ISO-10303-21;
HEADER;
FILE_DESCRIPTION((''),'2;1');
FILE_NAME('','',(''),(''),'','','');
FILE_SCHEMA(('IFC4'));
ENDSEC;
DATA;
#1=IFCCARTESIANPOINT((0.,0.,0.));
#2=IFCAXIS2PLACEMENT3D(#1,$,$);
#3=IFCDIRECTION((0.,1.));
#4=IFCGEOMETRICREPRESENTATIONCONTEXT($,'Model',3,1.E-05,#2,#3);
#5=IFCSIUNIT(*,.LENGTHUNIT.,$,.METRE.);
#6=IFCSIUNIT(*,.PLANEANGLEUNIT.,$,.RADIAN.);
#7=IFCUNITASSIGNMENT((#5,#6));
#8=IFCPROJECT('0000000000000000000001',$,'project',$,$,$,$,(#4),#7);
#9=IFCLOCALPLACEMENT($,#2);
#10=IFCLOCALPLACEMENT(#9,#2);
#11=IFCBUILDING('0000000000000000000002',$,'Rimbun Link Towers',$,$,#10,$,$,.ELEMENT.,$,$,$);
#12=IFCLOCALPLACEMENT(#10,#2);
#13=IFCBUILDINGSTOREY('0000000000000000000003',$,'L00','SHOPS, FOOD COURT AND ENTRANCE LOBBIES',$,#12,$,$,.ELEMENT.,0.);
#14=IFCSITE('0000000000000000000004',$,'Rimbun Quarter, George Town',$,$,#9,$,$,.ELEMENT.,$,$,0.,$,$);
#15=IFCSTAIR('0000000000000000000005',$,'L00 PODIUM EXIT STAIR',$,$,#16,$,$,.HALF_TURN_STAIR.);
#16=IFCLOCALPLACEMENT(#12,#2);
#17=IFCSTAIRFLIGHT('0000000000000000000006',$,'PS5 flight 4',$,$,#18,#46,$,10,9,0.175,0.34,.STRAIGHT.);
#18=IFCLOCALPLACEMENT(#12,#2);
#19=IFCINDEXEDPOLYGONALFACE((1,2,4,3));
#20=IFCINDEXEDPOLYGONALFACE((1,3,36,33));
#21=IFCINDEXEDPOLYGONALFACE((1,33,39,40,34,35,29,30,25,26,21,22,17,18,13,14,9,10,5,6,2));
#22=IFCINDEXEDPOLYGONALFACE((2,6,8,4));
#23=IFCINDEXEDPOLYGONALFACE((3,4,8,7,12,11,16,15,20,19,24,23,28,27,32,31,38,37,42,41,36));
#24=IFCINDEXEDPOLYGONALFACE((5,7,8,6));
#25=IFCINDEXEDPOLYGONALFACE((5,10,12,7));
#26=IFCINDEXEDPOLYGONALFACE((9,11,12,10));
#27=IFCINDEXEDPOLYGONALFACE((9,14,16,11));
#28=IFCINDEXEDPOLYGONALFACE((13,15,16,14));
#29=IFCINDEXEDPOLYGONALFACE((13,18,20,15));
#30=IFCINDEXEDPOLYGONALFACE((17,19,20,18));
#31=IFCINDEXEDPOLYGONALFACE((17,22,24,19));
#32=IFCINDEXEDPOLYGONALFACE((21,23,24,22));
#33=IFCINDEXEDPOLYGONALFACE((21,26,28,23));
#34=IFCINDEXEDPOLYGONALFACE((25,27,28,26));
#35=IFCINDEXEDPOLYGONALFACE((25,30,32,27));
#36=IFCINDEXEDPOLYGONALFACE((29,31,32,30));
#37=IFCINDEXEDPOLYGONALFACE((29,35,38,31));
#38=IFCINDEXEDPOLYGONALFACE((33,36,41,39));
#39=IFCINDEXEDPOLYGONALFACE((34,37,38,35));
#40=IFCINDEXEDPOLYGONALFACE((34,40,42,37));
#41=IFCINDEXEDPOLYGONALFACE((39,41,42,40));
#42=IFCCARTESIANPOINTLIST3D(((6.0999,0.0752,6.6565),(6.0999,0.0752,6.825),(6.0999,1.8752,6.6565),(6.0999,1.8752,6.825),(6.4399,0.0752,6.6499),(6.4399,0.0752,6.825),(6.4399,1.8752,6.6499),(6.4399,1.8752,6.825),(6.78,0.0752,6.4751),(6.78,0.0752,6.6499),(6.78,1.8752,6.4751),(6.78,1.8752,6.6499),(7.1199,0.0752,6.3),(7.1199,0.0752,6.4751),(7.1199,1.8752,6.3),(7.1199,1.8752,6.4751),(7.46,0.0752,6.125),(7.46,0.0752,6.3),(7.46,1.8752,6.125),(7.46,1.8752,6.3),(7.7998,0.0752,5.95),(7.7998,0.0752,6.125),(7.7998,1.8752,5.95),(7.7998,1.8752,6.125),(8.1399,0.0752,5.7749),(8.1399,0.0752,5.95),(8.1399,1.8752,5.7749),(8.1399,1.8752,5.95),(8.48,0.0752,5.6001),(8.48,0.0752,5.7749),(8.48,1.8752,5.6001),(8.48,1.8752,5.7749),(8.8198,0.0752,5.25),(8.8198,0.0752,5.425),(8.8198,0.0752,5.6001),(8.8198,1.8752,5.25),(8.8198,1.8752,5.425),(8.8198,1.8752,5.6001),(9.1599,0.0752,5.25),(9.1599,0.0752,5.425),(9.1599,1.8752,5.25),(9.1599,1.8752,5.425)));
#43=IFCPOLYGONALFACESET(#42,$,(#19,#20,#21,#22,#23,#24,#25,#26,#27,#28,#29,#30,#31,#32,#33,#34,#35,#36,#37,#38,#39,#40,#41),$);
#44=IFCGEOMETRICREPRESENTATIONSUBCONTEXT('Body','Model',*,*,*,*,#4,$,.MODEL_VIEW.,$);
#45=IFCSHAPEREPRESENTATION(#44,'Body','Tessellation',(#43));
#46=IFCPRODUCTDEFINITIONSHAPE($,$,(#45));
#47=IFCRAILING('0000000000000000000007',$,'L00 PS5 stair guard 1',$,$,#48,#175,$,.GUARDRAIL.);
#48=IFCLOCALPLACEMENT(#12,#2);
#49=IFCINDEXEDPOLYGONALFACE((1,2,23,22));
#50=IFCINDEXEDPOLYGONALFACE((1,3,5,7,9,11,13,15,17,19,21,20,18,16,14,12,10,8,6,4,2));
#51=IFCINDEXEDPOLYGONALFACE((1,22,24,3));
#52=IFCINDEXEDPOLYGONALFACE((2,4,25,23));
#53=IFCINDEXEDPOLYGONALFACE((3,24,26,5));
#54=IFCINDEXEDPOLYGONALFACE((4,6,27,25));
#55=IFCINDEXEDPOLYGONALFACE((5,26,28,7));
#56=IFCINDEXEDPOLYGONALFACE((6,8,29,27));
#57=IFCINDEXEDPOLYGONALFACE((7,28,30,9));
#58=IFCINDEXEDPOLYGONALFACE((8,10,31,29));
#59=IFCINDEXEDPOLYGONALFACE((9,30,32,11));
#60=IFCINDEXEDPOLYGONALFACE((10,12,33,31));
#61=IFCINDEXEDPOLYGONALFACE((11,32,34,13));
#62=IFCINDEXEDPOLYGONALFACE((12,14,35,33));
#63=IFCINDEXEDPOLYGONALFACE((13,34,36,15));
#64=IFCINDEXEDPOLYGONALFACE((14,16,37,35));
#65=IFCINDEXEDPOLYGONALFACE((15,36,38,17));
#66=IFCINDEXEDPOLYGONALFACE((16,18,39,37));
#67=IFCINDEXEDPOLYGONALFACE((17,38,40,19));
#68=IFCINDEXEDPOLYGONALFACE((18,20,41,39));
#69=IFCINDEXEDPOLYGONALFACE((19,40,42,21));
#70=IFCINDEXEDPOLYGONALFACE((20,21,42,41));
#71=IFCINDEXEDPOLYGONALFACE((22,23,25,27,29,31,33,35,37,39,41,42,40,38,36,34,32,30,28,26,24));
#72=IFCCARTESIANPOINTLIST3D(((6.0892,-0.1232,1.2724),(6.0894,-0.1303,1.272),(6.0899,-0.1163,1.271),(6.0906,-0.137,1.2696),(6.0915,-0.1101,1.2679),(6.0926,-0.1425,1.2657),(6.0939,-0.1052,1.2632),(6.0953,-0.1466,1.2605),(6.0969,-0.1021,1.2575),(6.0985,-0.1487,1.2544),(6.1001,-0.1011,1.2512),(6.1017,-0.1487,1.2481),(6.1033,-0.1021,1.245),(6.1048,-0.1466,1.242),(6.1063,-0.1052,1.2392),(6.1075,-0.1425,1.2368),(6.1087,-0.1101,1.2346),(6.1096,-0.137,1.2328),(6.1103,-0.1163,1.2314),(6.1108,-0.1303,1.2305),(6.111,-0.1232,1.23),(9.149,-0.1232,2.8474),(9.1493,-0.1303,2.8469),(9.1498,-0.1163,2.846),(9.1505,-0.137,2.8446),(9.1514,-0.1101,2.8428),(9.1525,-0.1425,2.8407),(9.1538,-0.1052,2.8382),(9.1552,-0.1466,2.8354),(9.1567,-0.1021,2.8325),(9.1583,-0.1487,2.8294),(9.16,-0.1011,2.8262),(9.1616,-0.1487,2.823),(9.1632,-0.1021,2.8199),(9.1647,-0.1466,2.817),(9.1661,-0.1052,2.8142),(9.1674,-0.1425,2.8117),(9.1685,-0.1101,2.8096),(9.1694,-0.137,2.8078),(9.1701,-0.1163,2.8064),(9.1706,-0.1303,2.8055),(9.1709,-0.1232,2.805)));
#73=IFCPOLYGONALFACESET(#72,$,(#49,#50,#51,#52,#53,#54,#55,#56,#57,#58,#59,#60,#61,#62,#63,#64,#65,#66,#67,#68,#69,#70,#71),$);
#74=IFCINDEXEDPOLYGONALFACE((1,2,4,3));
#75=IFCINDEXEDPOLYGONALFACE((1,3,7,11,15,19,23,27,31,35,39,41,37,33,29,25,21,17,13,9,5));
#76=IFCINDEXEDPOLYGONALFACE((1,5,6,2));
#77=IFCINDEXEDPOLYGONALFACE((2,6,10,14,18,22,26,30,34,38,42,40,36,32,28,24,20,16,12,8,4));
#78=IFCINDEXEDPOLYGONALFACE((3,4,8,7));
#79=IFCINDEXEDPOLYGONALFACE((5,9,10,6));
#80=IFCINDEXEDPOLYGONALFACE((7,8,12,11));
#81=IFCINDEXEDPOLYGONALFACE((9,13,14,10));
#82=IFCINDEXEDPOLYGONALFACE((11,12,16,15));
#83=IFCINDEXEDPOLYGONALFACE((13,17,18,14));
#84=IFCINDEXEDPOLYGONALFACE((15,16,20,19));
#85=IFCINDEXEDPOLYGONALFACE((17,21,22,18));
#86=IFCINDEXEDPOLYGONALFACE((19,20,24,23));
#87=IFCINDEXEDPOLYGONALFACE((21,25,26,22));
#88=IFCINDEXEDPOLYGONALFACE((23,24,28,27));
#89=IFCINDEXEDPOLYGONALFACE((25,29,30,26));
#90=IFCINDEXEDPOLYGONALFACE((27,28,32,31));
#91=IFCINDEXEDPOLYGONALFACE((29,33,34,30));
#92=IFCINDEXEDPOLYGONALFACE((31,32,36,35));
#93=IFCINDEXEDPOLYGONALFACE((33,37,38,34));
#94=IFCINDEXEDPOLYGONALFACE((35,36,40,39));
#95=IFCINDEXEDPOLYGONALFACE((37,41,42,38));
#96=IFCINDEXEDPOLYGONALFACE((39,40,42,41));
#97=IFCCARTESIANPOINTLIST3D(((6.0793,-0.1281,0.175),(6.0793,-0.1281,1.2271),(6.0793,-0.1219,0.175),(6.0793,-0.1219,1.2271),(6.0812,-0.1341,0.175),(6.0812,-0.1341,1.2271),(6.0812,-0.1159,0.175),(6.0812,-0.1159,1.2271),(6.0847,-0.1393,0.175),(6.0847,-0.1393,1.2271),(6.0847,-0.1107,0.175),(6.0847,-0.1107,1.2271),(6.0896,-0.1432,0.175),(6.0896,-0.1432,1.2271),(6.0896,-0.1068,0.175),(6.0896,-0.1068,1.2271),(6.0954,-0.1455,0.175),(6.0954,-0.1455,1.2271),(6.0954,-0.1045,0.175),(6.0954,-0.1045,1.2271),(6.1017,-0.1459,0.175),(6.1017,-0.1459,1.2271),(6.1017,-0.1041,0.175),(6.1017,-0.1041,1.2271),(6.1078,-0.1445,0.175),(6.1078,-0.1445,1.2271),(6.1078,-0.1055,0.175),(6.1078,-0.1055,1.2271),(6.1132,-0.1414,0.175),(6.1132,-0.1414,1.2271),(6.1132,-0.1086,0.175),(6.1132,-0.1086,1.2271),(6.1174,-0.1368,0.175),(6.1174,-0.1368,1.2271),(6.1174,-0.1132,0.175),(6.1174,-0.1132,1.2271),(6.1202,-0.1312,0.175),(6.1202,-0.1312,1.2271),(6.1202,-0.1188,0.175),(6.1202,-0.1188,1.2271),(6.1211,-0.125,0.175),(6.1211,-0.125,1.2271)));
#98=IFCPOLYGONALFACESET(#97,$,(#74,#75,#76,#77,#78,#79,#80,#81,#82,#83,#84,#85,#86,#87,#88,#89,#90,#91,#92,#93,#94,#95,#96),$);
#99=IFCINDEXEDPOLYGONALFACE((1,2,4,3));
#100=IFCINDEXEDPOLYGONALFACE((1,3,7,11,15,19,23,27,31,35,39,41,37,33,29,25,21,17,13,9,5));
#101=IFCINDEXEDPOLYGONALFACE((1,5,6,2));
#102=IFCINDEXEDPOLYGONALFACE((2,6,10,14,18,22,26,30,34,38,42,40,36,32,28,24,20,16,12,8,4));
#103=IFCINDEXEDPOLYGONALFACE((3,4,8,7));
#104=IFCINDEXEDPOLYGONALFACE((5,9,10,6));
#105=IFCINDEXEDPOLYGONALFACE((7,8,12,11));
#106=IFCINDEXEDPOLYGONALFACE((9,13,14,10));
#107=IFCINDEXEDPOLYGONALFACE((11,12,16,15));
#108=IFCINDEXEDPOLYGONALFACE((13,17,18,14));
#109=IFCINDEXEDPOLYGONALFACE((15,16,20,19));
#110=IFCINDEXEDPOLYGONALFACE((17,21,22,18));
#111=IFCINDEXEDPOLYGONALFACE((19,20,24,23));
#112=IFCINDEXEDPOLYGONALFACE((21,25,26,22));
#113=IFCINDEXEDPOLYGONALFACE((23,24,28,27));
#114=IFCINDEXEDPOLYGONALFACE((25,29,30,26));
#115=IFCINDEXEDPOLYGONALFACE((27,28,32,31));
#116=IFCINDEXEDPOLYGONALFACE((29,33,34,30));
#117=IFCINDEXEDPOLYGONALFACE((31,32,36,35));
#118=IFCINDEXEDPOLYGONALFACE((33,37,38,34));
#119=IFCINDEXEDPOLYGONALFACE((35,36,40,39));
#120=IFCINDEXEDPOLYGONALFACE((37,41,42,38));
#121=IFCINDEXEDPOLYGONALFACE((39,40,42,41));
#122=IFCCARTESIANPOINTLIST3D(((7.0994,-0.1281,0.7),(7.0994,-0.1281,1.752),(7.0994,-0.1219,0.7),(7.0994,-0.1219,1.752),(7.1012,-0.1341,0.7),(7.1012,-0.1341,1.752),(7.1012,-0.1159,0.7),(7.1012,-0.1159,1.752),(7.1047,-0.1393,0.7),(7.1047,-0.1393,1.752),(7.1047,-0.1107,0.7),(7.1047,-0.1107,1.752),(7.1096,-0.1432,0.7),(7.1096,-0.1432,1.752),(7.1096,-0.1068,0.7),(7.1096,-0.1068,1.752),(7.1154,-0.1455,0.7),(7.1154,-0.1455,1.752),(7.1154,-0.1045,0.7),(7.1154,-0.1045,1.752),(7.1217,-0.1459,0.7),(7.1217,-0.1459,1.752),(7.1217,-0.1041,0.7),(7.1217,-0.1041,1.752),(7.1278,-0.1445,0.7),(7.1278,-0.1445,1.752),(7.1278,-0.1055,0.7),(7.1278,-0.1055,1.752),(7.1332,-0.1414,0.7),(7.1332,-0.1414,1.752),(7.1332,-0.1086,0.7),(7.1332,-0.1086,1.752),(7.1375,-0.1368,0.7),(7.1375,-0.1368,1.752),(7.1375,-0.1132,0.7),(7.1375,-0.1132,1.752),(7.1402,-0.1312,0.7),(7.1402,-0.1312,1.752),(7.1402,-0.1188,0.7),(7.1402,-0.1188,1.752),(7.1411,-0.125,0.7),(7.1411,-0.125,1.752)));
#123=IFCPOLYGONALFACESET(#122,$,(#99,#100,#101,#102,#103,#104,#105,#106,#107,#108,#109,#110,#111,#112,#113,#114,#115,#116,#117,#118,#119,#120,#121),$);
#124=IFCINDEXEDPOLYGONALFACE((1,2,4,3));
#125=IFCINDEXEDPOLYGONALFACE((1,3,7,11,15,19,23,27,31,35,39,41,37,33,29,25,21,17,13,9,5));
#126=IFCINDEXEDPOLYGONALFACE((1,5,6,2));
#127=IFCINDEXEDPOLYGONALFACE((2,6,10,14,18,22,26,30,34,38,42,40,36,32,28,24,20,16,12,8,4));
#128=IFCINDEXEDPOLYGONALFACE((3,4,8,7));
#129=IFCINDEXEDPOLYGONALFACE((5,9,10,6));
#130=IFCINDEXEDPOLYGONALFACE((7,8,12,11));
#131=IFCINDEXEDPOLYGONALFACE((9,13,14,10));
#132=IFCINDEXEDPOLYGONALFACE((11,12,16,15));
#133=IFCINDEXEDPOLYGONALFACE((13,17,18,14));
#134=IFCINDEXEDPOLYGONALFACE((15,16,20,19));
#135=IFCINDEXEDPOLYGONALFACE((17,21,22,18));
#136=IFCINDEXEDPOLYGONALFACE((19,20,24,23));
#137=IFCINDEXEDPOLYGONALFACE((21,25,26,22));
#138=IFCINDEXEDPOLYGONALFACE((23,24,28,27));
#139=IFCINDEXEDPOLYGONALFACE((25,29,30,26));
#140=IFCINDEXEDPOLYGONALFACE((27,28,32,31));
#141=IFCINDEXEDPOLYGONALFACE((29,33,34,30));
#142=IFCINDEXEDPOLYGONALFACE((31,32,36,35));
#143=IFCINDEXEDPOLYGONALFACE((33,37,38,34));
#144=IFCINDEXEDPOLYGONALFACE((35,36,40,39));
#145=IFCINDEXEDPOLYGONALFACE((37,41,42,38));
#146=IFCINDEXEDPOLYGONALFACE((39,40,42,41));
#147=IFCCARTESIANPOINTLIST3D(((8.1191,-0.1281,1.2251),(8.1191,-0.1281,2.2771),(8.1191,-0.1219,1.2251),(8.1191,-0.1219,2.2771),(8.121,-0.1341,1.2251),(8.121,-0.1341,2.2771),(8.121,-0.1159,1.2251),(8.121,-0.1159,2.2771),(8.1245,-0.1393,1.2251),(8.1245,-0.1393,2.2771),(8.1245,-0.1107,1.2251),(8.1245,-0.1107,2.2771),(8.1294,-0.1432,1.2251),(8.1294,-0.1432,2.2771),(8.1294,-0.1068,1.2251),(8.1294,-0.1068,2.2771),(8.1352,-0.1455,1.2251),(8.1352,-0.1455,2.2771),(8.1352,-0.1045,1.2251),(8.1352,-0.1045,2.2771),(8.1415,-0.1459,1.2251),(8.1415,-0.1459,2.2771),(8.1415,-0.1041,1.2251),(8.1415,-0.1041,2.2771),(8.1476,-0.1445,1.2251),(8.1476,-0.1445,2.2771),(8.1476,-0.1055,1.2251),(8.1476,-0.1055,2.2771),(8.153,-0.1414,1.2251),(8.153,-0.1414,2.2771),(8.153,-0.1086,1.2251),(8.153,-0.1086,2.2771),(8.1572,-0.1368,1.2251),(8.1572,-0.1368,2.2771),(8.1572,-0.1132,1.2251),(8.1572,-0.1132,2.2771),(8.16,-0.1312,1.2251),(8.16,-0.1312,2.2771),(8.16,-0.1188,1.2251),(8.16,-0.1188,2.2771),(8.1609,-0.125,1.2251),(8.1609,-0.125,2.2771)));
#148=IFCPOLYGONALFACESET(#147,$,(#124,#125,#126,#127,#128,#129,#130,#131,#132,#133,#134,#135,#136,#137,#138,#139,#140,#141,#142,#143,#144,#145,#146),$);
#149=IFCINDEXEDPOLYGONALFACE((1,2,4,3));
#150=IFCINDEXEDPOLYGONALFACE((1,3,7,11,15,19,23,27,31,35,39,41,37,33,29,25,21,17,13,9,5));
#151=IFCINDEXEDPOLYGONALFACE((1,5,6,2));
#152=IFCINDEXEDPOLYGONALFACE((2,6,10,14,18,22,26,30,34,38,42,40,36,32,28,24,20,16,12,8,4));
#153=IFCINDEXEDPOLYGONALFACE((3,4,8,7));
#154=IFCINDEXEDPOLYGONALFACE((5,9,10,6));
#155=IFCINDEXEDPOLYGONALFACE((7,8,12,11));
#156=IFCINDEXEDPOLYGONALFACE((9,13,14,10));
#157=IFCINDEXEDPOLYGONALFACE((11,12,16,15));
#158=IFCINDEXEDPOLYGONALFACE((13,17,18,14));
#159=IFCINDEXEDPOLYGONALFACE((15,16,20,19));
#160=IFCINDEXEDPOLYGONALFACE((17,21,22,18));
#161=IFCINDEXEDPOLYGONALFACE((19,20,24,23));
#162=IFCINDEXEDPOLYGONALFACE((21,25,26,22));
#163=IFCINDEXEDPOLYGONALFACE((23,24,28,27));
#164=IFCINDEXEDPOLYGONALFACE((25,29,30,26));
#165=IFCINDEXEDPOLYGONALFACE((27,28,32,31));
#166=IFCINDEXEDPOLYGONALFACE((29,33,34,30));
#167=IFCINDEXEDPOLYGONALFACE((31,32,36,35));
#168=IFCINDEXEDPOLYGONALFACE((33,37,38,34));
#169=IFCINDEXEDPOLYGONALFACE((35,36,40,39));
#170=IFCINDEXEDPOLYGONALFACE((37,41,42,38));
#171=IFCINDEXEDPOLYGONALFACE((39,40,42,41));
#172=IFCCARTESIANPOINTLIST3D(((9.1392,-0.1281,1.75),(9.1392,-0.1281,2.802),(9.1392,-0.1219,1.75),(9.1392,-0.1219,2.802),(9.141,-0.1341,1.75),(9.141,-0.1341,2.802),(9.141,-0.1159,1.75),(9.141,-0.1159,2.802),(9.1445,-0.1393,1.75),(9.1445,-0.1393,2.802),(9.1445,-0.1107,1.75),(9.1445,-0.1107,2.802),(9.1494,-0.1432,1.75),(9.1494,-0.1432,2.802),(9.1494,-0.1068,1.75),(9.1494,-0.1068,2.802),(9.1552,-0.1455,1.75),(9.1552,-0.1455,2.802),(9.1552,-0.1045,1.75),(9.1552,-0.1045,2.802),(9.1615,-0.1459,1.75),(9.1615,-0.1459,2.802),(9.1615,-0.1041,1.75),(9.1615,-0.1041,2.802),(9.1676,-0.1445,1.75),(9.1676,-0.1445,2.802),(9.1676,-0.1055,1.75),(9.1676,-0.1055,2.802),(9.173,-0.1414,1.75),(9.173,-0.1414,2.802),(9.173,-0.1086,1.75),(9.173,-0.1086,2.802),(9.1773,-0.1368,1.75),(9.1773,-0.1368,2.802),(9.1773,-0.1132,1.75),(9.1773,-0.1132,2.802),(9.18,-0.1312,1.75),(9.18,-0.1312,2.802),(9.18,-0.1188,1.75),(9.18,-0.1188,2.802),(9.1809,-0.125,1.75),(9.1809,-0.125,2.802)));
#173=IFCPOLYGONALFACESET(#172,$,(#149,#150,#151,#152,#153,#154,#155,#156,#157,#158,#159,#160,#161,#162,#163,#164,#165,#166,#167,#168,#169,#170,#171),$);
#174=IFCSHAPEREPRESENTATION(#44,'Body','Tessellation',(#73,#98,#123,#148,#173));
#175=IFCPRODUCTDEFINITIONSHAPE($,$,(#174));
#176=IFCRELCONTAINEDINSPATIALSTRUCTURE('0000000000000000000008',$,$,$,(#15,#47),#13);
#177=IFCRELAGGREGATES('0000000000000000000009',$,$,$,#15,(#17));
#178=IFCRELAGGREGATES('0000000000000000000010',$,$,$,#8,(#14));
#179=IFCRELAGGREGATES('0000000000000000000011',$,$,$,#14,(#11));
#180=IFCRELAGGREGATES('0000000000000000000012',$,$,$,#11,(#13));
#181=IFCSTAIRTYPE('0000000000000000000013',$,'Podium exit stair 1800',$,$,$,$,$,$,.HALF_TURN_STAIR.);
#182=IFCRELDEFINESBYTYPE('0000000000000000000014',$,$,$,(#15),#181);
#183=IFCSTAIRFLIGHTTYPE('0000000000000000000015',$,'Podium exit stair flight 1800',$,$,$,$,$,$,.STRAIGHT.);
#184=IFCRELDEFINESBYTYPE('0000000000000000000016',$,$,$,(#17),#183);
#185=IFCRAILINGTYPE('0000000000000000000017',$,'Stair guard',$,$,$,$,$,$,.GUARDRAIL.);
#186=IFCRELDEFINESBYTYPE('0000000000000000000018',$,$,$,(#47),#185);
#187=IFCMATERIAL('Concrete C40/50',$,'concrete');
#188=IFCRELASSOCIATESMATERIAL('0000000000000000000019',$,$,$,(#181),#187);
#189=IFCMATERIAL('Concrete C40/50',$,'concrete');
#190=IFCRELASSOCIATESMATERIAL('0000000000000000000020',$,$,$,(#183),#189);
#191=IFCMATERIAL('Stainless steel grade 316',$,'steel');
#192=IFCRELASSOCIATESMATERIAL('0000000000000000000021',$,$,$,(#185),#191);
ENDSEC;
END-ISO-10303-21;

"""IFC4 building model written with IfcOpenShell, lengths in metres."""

from ifc_helpers import new_model, si_unit, direction, frame, origin, origin_2d, place, context, subcontext, project, spatial, polyline, circle, outline, extrude, material, type_object, element, aggregate, save


model = new_model("IFC4")

# Units and contexts
model_context = context("Model", 3, precision=1e-05, world=origin(), true_north=direction((0.0, 1.0)))
body_context = subcontext(model_context, "Body", "Model", "MODEL_VIEW")
ifc_project = project(units=[si_unit("LENGTHUNIT", "METRE"), si_unit("PLANEANGLEUNIT", "RADIAN")], contexts=[model_context])

# Site, building, storey
site_placement = place(None, origin())
site = spatial("IfcSite", under=ifc_project, at=site_placement, Name="Rimbun Quarter, George Town", CompositionType="ELEMENT", RefElevation=0.0)
building_placement = place(site_placement, origin())
building = spatial("IfcBuilding", under=site, at=building_placement, Name="Rimbun Link Towers", CompositionType="ELEMENT")
storey_placement = place(building_placement, origin())
storey = spatial("IfcBuildingStorey", under=building, at=storey_placement, Name="L00", Description="SHOPS, FOOD COURT AND ENTRANCE LOBBIES", CompositionType="ELEMENT", Elevation=0.0)

# Stair, stair flight
ifc_material_1 = material(Name="Concrete C40/50", Category="concrete")
stair_type = type_object("IfcStairType", Name="Podium exit stair 1800", PredefinedType="HALF_TURN_STAIR", material=ifc_material_1)
stair_placement = place(storey_placement, origin())
stair = element("IfcStair", 1, at=stair_placement, inside=storey, type_object=stair_type, Name="L00 PODIUM EXIT STAIR", PredefinedType="HALF_TURN_STAIR")
ifc_material_2 = material(Name="Concrete C40/50", Category="concrete")
stair_flight_type = type_object("IfcStairFlightType", Name="Podium exit stair flight 1800", PredefinedType="STRAIGHT", material=ifc_material_2)
stair_flight_1_placement = place(storey_placement, frame((9.1599, 0.9751, 5.25), z_axis=(0.0, 0.0, 1.0), x_axis=(-1.0, 0.0, 0.0)))
stair_flight_1 = element("IfcStairFlight", 2, at=stair_flight_1_placement, type_object=stair_flight_type, Name="PS5 flight 4", NumberOfRisers=10, NumberOfTreads=9, PredefinedType="STRAIGHT", RiserHeight=0.175, TreadLength=0.34, context=body_context, shape_type="SweptSolid", body=[
    extrude(outline(polyline([(0.0, 0.0), (0.0, 0.175), (0.3401, 0.175), (0.3401, 0.3501), (0.6799, 0.3501), (0.6799, 0.5249), (1.02, 0.5249), (1.02, 0.7), (1.3601, 0.7), (1.3601, 0.875), (1.7, 0.875), (1.7, 1.05), (2.04, 1.05), (2.04, 1.2251), (2.3799, 1.2251), (2.3799, 1.3999), (2.72, 1.3999), (2.72, 1.575), (3.0601, 1.575), (3.0601, 1.75), (3.0601, 1.4065), (0.3401, 0.0), (0.0, 0.0)])), frame((0.0, 0.8999, 0.0), z_axis=(0.0, -1.0, 0.0), x_axis=(1.0, 0.0, 0.0)), (0.0, 0.0, 1.0), 1.8),
])
aggregate(stair, [stair_flight_1])

# Railing
ifc_material_3 = material(Name="Stainless steel grade 316", Category="steel")
railing_type_1 = type_object("IfcRailingType", Name="Stair guard", PredefinedType="GUARDRAIL", material=ifc_material_3)
railing_1_placement = place(storey_placement, frame((6.1001, -0.125, 0.175)))
element("IfcRailing", 3, at=railing_1_placement, inside=storey, type_object=railing_type_1, Name="L00 PS5 stair guard 1", PredefinedType="GUARDRAIL", context=body_context, shape_type="SweptSolid", body=[
    extrude(circle(Radius=0.0239, at=origin_2d()), frame((0.0, 0.0, 1.0762), z_axis=(0.88913, 0.0, 0.457654), x_axis=(0.0, 1.0, 0.0)), (0.0, 0.0, 1.0), 3.4414),
    extrude(circle(Radius=0.021, at=origin_2d()), origin(), (0.0, 0.0, 1.0), 1.052),
    extrude(circle(Radius=0.021, at=origin_2d()), frame((1.02, 0.0, 0.5249)), (0.0, 0.0, 1.0), 1.052),
    extrude(circle(Radius=0.021, at=origin_2d()), frame((2.0398, 0.0, 1.05)), (0.0, 0.0, 1.0), 1.052),
    extrude(circle(Radius=0.021, at=origin_2d()), frame((3.0598, 0.0, 1.575)), (0.0, 0.0, 1.0), 1.052),
])

save(model, "model.ifc")
